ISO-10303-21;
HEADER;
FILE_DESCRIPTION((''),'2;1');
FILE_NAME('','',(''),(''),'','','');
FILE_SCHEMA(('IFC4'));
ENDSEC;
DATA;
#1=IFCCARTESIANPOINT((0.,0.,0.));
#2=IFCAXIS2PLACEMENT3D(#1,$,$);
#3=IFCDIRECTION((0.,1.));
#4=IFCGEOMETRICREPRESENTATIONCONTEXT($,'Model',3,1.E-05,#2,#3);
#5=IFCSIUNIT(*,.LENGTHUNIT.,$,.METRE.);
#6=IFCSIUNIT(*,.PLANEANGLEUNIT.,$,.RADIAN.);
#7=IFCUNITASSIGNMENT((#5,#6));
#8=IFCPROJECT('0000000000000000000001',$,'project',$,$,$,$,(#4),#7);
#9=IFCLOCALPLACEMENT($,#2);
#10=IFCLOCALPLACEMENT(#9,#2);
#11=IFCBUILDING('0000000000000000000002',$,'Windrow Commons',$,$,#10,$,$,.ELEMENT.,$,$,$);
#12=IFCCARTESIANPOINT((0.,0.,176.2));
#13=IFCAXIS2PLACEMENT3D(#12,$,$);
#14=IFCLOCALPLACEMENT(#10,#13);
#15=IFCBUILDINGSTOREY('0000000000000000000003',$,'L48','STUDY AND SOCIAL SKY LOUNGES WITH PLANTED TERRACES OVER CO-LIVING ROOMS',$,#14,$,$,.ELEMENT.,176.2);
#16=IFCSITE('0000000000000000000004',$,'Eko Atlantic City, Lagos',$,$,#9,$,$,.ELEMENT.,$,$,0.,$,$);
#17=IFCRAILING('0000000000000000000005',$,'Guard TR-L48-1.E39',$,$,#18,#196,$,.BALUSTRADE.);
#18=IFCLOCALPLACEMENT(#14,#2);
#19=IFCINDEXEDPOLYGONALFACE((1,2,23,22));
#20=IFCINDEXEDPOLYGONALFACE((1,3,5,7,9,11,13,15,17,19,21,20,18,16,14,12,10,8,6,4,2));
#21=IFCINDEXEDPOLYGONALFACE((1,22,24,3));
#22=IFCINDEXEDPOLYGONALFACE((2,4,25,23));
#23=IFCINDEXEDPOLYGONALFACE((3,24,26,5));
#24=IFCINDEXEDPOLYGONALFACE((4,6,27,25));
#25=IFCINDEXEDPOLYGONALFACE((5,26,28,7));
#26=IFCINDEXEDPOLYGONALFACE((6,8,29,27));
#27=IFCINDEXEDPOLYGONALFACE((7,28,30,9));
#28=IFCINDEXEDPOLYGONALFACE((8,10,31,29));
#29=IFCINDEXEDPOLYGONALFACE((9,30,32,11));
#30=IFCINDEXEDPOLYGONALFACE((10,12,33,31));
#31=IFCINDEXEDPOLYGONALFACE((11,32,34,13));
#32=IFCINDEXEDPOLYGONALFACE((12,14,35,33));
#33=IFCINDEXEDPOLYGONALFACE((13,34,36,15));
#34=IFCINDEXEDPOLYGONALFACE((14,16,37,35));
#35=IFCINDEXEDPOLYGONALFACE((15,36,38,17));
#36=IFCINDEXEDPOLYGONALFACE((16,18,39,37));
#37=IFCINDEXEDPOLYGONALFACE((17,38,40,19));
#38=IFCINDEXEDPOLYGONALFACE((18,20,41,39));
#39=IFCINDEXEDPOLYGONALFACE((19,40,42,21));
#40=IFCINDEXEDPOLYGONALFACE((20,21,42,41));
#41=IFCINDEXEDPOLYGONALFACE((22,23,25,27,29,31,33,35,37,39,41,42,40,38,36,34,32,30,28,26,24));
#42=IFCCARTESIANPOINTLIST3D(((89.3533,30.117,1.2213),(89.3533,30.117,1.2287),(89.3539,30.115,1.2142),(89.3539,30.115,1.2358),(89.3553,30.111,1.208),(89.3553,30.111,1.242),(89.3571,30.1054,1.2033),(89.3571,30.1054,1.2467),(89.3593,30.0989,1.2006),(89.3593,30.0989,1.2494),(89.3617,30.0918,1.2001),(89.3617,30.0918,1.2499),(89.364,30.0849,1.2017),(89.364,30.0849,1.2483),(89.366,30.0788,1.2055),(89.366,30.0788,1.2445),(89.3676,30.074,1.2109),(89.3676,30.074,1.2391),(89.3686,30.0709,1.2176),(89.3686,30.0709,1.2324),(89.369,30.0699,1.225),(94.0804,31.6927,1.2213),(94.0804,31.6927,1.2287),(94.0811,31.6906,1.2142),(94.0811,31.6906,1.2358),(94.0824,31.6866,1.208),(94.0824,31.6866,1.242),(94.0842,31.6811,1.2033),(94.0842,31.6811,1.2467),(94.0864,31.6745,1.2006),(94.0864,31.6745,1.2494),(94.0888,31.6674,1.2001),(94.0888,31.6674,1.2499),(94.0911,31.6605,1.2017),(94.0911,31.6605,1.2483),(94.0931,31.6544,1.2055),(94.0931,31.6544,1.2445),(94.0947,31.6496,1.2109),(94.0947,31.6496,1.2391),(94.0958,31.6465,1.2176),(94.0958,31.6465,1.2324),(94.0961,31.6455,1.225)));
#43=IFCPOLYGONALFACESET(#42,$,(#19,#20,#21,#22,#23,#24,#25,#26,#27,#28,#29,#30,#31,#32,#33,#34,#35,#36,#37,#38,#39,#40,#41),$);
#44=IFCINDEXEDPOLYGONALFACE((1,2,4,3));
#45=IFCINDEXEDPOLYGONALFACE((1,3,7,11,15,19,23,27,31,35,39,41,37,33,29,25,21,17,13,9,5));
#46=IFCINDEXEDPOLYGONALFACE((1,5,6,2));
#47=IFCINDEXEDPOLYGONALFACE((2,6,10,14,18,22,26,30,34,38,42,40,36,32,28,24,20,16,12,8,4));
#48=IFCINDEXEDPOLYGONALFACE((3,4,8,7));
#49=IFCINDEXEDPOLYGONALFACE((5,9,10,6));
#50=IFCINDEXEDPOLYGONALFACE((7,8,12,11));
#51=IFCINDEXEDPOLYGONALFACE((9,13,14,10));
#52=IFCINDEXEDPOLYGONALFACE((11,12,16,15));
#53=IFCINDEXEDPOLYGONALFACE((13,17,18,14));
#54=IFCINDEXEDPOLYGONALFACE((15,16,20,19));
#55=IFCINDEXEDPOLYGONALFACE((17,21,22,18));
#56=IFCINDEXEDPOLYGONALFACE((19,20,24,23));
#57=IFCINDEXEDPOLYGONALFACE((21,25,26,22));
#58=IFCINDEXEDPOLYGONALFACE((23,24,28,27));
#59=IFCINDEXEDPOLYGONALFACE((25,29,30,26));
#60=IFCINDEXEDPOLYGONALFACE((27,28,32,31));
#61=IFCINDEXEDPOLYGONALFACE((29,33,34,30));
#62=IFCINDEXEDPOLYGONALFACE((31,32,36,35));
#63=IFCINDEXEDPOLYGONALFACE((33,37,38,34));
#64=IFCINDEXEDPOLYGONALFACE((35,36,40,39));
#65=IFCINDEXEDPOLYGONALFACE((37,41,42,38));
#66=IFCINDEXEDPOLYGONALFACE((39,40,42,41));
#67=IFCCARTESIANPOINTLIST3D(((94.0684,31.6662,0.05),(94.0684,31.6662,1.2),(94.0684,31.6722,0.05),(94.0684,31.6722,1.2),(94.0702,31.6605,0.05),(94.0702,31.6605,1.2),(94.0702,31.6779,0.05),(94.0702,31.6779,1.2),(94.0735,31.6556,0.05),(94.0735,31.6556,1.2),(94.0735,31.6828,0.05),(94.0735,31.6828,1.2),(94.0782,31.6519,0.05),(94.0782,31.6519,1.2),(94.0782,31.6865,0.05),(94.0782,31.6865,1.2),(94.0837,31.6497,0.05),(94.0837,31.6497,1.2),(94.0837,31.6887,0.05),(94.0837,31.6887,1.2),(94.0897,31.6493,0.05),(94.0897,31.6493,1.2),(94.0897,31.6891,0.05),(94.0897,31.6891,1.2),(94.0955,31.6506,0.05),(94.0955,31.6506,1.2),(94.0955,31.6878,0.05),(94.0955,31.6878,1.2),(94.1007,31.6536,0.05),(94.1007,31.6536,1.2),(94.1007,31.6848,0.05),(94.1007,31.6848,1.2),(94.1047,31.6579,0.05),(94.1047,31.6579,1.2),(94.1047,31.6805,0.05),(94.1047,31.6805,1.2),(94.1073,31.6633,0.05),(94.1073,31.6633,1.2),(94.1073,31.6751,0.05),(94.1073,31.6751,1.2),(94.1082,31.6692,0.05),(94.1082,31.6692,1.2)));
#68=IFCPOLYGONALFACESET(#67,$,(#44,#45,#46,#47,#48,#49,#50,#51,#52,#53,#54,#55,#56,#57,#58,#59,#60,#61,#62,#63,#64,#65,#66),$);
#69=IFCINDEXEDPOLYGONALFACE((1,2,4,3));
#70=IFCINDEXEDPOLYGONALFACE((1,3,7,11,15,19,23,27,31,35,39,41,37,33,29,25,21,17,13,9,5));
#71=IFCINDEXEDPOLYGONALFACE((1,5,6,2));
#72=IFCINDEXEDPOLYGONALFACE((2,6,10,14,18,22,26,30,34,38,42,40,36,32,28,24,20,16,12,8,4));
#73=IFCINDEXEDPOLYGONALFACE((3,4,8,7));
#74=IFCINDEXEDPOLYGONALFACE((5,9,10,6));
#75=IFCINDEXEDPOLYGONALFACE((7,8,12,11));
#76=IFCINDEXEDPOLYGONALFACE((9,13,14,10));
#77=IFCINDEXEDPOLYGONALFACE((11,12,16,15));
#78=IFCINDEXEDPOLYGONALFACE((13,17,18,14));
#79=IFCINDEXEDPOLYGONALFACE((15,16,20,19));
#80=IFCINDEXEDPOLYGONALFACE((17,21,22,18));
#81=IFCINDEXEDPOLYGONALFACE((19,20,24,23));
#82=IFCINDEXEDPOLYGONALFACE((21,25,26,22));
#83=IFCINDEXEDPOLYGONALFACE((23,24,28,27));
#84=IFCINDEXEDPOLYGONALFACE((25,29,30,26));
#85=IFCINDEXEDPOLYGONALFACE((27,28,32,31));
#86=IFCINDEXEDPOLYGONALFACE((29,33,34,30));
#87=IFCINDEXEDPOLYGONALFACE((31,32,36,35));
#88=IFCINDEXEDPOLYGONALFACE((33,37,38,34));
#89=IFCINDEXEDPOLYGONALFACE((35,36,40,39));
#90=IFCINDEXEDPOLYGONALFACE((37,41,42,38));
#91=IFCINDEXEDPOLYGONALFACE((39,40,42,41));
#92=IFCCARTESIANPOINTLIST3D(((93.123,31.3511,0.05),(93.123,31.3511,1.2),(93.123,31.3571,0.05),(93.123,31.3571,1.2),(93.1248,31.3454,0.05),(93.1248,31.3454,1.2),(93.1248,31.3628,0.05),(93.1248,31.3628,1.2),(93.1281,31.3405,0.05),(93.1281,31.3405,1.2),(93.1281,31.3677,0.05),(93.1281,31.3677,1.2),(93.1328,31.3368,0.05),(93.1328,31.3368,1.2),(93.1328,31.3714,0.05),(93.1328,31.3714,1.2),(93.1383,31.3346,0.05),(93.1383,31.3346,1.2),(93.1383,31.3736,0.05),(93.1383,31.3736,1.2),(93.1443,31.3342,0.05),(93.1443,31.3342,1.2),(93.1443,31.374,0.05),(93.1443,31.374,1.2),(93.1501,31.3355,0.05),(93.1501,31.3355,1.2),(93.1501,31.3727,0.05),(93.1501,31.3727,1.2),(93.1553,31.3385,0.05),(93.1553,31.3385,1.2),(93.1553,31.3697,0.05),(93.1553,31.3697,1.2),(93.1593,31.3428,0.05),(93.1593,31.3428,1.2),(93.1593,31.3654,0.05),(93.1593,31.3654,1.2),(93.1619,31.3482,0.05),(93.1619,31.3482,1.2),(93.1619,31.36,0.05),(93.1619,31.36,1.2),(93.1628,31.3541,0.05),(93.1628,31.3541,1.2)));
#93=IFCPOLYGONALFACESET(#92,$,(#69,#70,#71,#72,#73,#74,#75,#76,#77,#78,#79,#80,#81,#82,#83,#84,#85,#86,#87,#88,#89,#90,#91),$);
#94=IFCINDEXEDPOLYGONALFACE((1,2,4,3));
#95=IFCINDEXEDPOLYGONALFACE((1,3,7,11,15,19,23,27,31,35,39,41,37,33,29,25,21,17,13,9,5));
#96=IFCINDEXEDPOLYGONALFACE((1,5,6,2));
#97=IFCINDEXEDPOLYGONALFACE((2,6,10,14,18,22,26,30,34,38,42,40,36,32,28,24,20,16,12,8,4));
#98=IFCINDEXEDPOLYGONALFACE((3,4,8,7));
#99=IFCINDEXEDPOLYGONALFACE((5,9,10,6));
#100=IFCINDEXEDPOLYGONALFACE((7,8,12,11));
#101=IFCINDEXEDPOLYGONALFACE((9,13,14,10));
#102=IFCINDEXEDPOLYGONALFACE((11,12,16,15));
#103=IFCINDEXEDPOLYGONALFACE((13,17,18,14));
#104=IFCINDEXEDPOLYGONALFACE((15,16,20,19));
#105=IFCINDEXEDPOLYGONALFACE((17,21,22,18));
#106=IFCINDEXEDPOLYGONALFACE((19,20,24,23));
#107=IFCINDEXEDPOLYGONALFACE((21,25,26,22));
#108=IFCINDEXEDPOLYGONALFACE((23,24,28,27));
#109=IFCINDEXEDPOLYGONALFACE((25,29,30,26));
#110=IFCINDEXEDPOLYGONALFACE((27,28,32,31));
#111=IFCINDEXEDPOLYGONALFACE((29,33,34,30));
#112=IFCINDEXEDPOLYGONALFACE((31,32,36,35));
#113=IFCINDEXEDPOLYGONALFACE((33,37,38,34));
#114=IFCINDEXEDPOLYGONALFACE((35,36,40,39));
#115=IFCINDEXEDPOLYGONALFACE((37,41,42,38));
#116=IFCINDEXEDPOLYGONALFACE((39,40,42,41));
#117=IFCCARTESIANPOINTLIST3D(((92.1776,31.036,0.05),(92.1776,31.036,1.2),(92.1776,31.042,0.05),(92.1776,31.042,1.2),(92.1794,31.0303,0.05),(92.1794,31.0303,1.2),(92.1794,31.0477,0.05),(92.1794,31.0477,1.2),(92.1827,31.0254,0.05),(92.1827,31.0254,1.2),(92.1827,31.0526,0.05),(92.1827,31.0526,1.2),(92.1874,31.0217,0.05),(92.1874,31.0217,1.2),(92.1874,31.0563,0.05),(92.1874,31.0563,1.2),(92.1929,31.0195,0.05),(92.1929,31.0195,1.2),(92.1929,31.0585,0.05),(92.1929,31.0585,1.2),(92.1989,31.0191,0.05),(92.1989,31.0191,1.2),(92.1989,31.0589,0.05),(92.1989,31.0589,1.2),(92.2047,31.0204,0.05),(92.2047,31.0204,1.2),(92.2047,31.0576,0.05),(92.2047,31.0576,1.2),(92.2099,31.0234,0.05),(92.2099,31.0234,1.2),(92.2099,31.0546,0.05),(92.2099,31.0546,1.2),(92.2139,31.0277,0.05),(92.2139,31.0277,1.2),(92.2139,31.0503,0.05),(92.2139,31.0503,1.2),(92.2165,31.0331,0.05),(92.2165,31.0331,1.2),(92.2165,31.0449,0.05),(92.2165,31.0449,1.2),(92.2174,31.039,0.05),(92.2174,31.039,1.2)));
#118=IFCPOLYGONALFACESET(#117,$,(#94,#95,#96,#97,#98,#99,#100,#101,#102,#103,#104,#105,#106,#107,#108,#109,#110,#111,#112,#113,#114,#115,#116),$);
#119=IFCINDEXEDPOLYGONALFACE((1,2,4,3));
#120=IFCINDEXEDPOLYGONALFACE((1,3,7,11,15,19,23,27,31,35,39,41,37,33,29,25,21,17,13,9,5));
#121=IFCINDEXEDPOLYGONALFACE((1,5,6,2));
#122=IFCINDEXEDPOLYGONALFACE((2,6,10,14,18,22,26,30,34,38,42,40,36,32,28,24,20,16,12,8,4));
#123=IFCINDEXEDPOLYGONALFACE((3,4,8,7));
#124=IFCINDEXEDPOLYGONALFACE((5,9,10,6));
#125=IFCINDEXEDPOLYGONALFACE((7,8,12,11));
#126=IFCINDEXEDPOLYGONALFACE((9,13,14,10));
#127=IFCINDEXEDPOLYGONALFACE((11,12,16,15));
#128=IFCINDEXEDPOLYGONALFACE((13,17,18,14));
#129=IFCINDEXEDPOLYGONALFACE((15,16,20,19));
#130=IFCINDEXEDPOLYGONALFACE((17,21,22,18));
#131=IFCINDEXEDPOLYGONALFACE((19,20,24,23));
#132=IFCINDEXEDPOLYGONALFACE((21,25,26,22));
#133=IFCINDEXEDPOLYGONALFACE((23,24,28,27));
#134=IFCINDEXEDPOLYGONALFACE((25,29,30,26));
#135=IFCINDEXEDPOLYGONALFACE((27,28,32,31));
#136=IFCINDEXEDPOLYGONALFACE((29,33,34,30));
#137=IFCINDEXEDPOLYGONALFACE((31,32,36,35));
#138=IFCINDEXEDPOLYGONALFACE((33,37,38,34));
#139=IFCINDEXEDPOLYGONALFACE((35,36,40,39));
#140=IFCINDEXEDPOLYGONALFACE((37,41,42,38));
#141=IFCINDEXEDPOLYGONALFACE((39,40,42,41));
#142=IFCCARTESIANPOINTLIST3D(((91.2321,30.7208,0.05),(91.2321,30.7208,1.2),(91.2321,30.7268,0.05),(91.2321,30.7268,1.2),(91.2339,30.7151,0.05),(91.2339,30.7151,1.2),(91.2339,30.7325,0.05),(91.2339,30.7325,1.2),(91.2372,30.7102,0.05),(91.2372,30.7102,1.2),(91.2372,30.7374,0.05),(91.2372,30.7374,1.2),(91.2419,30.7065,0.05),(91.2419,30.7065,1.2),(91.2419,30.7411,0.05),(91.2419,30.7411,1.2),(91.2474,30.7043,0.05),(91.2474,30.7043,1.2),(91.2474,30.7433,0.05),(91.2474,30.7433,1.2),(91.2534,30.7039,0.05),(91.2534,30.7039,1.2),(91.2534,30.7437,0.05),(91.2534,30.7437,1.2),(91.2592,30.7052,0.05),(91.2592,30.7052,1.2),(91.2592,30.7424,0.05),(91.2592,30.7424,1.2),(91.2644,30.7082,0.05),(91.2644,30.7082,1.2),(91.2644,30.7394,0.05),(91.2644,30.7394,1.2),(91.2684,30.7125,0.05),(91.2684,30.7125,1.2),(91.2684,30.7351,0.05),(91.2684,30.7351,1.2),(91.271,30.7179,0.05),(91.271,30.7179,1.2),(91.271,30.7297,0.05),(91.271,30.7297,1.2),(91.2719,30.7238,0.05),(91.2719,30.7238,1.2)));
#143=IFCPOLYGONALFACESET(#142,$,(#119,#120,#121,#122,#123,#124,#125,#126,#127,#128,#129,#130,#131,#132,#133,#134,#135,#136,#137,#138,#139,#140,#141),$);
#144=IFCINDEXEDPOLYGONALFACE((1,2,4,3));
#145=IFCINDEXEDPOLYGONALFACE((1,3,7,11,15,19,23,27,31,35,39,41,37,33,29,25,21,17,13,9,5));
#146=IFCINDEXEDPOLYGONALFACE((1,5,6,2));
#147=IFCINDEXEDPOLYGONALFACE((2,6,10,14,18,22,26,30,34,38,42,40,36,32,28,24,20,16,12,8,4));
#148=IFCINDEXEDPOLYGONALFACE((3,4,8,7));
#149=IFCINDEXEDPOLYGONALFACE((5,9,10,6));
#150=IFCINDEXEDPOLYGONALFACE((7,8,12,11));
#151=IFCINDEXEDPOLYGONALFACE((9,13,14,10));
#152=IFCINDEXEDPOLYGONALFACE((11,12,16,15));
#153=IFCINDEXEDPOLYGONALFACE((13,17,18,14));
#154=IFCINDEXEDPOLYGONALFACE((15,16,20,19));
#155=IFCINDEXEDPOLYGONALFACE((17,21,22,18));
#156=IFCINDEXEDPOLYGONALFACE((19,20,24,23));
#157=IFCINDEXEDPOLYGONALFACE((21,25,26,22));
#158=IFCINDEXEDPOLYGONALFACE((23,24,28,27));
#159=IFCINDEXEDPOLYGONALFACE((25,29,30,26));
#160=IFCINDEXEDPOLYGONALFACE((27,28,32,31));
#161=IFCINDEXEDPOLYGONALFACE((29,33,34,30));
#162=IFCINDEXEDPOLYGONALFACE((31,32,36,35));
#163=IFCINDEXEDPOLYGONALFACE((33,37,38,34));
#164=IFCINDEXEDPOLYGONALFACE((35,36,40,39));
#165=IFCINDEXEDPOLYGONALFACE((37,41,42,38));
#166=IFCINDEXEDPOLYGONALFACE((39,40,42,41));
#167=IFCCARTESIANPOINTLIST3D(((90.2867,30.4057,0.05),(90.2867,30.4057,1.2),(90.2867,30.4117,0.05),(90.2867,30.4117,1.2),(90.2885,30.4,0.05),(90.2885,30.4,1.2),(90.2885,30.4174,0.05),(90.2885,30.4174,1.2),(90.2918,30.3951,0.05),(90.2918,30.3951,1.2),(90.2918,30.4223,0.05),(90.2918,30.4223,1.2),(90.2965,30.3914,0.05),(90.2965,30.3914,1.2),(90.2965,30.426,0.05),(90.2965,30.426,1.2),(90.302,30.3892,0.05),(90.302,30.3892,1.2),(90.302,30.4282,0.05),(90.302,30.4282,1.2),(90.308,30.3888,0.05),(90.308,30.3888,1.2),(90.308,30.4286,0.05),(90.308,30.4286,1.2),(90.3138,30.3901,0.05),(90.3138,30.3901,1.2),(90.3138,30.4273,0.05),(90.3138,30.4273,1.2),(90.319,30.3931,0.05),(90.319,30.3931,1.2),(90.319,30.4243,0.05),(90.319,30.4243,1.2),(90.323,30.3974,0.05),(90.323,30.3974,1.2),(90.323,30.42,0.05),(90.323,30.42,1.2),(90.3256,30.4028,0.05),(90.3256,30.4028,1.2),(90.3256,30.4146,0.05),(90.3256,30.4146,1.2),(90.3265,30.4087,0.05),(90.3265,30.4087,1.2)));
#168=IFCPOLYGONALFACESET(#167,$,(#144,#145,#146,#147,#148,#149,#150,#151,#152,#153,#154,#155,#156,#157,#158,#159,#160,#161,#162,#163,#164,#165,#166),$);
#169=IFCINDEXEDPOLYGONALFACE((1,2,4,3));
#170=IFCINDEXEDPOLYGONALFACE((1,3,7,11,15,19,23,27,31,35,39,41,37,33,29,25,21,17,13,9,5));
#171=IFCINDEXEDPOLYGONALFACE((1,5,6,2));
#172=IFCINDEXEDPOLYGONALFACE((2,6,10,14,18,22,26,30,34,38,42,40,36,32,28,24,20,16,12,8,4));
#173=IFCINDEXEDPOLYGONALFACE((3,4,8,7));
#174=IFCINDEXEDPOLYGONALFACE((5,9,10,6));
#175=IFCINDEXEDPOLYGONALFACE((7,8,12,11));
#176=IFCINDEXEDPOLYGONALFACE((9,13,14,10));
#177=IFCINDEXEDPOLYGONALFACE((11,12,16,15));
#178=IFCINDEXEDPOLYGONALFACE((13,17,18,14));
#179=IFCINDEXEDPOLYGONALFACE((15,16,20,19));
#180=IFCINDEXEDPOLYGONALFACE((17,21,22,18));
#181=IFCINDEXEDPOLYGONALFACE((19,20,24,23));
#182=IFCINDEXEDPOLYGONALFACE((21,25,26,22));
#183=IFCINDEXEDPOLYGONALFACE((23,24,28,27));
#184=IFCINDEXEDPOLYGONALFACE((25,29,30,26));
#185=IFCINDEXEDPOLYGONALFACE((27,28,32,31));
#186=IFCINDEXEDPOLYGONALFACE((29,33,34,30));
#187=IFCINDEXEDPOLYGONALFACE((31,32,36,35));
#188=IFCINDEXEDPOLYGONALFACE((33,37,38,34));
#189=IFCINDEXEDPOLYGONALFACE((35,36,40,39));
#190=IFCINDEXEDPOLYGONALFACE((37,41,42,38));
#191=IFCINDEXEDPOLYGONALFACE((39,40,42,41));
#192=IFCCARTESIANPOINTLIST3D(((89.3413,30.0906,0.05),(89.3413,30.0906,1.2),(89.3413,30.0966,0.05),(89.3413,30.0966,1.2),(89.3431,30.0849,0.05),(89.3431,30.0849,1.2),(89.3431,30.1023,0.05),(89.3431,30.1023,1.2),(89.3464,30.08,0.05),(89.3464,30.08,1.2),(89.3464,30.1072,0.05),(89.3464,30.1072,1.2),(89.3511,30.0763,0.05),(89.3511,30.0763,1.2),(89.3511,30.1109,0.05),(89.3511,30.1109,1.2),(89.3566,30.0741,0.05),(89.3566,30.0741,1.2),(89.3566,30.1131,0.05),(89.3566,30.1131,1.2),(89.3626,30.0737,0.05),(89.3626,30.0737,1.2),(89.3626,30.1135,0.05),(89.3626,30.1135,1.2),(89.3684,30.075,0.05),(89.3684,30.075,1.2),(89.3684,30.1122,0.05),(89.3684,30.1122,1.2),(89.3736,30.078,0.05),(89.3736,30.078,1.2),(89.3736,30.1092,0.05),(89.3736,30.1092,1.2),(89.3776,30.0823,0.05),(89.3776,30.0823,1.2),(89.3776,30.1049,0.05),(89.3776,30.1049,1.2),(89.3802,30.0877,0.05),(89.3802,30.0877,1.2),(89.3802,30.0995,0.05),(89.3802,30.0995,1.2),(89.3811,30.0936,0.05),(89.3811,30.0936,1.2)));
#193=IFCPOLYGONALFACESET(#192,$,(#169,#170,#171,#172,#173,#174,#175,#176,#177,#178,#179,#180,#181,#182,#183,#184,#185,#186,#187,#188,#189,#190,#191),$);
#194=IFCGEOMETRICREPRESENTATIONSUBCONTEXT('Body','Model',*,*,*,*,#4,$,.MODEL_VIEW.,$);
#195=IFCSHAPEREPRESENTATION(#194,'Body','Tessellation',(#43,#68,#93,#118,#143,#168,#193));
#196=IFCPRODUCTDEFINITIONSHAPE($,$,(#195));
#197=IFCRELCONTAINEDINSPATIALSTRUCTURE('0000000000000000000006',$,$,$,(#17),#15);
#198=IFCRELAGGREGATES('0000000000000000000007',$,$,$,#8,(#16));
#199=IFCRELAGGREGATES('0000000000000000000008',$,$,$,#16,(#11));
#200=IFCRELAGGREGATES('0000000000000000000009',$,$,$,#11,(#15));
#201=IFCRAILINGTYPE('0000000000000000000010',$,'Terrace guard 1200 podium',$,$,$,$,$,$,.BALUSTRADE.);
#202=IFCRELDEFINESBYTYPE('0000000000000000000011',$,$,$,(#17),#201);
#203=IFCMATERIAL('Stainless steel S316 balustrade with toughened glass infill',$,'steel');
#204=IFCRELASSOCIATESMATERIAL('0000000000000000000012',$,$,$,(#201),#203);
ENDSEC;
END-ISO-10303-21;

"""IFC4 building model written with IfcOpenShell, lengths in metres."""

from ifc_helpers import new_model, si_unit, direction, frame, origin, origin_2d, place, context, subcontext, project, spatial, circle, extrude, material, type_object, element, save


model = new_model("IFC4")

# Units and contexts
model_context = context("Model", 3, precision=1e-05, world=origin(), true_north=direction((0.0, 1.0)))
body_context = subcontext(model_context, "Body", "Model", "MODEL_VIEW")
ifc_project = project(units=[si_unit("LENGTHUNIT", "METRE"), si_unit("PLANEANGLEUNIT", "RADIAN")], contexts=[model_context])

# Site, building, storey
site_placement = place(None, origin())
site = spatial("IfcSite", under=ifc_project, at=site_placement, Name="Eko Atlantic City, Lagos", CompositionType="ELEMENT", RefElevation=0.0)
building_placement = place(site_placement, origin())
building = spatial("IfcBuilding", under=site, at=building_placement, Name="Windrow Commons", CompositionType="ELEMENT")
storey_placement = place(building_placement, frame((0.0, 0.0, 176.2)))
storey = spatial("IfcBuildingStorey", under=building, at=storey_placement, Name="L48", Description="STUDY AND SOCIAL SKY LOUNGES WITH PLANTED TERRACES OVER CO-LIVING ROOMS", CompositionType="ELEMENT", Elevation=176.2)

# Railing
ifc_material_1 = material(Name="Stainless steel S316 balustrade with toughened glass infill", Category="steel")
railing_type = type_object("IfcRailingType", Name="Terrace guard 1200 podium", PredefinedType="BALUSTRADE", material=ifc_material_1)
railing_1_placement = place(storey_placement, frame((94.0882, 31.6692, 0.05)))
element("IfcRailing", 1, at=railing_1_placement, inside=storey, type_object=railing_type, Name="Guard TR-L48-1.E39", PredefinedType="BALUSTRADE", context=body_context, shape_type="SweptSolid", body=[
    extrude(circle(Radius=0.025, at=origin_2d()), frame((0.0, 0.0, 1.175), z_axis=(-0.948689, -0.31621, 0.0), x_axis=(0.31621, -0.948689, 0.0)), (0.0, 0.0, 1.0), 4.9828),
    extrude(circle(Radius=0.02, at=origin_2d()), origin(), (0.0, 0.0, 1.0), 1.15),
    extrude(circle(Radius=0.02, at=origin_2d()), frame((-0.9454, -0.3151, 0.0)), (0.0, 0.0, 1.0), 1.15),
    extrude(circle(Radius=0.02, at=origin_2d()), frame((-1.8908, -0.6302, 0.0)), (0.0, 0.0, 1.0), 1.15),
    extrude(circle(Radius=0.02, at=origin_2d()), frame((-2.8363, -0.9454, 0.0)), (0.0, 0.0, 1.0), 1.15),
    extrude(circle(Radius=0.02, at=origin_2d()), frame((-3.7817, -1.2605, 0.0)), (0.0, 0.0, 1.0), 1.15),
    extrude(circle(Radius=0.02, at=origin_2d()), frame((-4.7271, -1.5756, 0.0)), (0.0, 0.0, 1.0), 1.15),
])

save(model, "model.ifc")
